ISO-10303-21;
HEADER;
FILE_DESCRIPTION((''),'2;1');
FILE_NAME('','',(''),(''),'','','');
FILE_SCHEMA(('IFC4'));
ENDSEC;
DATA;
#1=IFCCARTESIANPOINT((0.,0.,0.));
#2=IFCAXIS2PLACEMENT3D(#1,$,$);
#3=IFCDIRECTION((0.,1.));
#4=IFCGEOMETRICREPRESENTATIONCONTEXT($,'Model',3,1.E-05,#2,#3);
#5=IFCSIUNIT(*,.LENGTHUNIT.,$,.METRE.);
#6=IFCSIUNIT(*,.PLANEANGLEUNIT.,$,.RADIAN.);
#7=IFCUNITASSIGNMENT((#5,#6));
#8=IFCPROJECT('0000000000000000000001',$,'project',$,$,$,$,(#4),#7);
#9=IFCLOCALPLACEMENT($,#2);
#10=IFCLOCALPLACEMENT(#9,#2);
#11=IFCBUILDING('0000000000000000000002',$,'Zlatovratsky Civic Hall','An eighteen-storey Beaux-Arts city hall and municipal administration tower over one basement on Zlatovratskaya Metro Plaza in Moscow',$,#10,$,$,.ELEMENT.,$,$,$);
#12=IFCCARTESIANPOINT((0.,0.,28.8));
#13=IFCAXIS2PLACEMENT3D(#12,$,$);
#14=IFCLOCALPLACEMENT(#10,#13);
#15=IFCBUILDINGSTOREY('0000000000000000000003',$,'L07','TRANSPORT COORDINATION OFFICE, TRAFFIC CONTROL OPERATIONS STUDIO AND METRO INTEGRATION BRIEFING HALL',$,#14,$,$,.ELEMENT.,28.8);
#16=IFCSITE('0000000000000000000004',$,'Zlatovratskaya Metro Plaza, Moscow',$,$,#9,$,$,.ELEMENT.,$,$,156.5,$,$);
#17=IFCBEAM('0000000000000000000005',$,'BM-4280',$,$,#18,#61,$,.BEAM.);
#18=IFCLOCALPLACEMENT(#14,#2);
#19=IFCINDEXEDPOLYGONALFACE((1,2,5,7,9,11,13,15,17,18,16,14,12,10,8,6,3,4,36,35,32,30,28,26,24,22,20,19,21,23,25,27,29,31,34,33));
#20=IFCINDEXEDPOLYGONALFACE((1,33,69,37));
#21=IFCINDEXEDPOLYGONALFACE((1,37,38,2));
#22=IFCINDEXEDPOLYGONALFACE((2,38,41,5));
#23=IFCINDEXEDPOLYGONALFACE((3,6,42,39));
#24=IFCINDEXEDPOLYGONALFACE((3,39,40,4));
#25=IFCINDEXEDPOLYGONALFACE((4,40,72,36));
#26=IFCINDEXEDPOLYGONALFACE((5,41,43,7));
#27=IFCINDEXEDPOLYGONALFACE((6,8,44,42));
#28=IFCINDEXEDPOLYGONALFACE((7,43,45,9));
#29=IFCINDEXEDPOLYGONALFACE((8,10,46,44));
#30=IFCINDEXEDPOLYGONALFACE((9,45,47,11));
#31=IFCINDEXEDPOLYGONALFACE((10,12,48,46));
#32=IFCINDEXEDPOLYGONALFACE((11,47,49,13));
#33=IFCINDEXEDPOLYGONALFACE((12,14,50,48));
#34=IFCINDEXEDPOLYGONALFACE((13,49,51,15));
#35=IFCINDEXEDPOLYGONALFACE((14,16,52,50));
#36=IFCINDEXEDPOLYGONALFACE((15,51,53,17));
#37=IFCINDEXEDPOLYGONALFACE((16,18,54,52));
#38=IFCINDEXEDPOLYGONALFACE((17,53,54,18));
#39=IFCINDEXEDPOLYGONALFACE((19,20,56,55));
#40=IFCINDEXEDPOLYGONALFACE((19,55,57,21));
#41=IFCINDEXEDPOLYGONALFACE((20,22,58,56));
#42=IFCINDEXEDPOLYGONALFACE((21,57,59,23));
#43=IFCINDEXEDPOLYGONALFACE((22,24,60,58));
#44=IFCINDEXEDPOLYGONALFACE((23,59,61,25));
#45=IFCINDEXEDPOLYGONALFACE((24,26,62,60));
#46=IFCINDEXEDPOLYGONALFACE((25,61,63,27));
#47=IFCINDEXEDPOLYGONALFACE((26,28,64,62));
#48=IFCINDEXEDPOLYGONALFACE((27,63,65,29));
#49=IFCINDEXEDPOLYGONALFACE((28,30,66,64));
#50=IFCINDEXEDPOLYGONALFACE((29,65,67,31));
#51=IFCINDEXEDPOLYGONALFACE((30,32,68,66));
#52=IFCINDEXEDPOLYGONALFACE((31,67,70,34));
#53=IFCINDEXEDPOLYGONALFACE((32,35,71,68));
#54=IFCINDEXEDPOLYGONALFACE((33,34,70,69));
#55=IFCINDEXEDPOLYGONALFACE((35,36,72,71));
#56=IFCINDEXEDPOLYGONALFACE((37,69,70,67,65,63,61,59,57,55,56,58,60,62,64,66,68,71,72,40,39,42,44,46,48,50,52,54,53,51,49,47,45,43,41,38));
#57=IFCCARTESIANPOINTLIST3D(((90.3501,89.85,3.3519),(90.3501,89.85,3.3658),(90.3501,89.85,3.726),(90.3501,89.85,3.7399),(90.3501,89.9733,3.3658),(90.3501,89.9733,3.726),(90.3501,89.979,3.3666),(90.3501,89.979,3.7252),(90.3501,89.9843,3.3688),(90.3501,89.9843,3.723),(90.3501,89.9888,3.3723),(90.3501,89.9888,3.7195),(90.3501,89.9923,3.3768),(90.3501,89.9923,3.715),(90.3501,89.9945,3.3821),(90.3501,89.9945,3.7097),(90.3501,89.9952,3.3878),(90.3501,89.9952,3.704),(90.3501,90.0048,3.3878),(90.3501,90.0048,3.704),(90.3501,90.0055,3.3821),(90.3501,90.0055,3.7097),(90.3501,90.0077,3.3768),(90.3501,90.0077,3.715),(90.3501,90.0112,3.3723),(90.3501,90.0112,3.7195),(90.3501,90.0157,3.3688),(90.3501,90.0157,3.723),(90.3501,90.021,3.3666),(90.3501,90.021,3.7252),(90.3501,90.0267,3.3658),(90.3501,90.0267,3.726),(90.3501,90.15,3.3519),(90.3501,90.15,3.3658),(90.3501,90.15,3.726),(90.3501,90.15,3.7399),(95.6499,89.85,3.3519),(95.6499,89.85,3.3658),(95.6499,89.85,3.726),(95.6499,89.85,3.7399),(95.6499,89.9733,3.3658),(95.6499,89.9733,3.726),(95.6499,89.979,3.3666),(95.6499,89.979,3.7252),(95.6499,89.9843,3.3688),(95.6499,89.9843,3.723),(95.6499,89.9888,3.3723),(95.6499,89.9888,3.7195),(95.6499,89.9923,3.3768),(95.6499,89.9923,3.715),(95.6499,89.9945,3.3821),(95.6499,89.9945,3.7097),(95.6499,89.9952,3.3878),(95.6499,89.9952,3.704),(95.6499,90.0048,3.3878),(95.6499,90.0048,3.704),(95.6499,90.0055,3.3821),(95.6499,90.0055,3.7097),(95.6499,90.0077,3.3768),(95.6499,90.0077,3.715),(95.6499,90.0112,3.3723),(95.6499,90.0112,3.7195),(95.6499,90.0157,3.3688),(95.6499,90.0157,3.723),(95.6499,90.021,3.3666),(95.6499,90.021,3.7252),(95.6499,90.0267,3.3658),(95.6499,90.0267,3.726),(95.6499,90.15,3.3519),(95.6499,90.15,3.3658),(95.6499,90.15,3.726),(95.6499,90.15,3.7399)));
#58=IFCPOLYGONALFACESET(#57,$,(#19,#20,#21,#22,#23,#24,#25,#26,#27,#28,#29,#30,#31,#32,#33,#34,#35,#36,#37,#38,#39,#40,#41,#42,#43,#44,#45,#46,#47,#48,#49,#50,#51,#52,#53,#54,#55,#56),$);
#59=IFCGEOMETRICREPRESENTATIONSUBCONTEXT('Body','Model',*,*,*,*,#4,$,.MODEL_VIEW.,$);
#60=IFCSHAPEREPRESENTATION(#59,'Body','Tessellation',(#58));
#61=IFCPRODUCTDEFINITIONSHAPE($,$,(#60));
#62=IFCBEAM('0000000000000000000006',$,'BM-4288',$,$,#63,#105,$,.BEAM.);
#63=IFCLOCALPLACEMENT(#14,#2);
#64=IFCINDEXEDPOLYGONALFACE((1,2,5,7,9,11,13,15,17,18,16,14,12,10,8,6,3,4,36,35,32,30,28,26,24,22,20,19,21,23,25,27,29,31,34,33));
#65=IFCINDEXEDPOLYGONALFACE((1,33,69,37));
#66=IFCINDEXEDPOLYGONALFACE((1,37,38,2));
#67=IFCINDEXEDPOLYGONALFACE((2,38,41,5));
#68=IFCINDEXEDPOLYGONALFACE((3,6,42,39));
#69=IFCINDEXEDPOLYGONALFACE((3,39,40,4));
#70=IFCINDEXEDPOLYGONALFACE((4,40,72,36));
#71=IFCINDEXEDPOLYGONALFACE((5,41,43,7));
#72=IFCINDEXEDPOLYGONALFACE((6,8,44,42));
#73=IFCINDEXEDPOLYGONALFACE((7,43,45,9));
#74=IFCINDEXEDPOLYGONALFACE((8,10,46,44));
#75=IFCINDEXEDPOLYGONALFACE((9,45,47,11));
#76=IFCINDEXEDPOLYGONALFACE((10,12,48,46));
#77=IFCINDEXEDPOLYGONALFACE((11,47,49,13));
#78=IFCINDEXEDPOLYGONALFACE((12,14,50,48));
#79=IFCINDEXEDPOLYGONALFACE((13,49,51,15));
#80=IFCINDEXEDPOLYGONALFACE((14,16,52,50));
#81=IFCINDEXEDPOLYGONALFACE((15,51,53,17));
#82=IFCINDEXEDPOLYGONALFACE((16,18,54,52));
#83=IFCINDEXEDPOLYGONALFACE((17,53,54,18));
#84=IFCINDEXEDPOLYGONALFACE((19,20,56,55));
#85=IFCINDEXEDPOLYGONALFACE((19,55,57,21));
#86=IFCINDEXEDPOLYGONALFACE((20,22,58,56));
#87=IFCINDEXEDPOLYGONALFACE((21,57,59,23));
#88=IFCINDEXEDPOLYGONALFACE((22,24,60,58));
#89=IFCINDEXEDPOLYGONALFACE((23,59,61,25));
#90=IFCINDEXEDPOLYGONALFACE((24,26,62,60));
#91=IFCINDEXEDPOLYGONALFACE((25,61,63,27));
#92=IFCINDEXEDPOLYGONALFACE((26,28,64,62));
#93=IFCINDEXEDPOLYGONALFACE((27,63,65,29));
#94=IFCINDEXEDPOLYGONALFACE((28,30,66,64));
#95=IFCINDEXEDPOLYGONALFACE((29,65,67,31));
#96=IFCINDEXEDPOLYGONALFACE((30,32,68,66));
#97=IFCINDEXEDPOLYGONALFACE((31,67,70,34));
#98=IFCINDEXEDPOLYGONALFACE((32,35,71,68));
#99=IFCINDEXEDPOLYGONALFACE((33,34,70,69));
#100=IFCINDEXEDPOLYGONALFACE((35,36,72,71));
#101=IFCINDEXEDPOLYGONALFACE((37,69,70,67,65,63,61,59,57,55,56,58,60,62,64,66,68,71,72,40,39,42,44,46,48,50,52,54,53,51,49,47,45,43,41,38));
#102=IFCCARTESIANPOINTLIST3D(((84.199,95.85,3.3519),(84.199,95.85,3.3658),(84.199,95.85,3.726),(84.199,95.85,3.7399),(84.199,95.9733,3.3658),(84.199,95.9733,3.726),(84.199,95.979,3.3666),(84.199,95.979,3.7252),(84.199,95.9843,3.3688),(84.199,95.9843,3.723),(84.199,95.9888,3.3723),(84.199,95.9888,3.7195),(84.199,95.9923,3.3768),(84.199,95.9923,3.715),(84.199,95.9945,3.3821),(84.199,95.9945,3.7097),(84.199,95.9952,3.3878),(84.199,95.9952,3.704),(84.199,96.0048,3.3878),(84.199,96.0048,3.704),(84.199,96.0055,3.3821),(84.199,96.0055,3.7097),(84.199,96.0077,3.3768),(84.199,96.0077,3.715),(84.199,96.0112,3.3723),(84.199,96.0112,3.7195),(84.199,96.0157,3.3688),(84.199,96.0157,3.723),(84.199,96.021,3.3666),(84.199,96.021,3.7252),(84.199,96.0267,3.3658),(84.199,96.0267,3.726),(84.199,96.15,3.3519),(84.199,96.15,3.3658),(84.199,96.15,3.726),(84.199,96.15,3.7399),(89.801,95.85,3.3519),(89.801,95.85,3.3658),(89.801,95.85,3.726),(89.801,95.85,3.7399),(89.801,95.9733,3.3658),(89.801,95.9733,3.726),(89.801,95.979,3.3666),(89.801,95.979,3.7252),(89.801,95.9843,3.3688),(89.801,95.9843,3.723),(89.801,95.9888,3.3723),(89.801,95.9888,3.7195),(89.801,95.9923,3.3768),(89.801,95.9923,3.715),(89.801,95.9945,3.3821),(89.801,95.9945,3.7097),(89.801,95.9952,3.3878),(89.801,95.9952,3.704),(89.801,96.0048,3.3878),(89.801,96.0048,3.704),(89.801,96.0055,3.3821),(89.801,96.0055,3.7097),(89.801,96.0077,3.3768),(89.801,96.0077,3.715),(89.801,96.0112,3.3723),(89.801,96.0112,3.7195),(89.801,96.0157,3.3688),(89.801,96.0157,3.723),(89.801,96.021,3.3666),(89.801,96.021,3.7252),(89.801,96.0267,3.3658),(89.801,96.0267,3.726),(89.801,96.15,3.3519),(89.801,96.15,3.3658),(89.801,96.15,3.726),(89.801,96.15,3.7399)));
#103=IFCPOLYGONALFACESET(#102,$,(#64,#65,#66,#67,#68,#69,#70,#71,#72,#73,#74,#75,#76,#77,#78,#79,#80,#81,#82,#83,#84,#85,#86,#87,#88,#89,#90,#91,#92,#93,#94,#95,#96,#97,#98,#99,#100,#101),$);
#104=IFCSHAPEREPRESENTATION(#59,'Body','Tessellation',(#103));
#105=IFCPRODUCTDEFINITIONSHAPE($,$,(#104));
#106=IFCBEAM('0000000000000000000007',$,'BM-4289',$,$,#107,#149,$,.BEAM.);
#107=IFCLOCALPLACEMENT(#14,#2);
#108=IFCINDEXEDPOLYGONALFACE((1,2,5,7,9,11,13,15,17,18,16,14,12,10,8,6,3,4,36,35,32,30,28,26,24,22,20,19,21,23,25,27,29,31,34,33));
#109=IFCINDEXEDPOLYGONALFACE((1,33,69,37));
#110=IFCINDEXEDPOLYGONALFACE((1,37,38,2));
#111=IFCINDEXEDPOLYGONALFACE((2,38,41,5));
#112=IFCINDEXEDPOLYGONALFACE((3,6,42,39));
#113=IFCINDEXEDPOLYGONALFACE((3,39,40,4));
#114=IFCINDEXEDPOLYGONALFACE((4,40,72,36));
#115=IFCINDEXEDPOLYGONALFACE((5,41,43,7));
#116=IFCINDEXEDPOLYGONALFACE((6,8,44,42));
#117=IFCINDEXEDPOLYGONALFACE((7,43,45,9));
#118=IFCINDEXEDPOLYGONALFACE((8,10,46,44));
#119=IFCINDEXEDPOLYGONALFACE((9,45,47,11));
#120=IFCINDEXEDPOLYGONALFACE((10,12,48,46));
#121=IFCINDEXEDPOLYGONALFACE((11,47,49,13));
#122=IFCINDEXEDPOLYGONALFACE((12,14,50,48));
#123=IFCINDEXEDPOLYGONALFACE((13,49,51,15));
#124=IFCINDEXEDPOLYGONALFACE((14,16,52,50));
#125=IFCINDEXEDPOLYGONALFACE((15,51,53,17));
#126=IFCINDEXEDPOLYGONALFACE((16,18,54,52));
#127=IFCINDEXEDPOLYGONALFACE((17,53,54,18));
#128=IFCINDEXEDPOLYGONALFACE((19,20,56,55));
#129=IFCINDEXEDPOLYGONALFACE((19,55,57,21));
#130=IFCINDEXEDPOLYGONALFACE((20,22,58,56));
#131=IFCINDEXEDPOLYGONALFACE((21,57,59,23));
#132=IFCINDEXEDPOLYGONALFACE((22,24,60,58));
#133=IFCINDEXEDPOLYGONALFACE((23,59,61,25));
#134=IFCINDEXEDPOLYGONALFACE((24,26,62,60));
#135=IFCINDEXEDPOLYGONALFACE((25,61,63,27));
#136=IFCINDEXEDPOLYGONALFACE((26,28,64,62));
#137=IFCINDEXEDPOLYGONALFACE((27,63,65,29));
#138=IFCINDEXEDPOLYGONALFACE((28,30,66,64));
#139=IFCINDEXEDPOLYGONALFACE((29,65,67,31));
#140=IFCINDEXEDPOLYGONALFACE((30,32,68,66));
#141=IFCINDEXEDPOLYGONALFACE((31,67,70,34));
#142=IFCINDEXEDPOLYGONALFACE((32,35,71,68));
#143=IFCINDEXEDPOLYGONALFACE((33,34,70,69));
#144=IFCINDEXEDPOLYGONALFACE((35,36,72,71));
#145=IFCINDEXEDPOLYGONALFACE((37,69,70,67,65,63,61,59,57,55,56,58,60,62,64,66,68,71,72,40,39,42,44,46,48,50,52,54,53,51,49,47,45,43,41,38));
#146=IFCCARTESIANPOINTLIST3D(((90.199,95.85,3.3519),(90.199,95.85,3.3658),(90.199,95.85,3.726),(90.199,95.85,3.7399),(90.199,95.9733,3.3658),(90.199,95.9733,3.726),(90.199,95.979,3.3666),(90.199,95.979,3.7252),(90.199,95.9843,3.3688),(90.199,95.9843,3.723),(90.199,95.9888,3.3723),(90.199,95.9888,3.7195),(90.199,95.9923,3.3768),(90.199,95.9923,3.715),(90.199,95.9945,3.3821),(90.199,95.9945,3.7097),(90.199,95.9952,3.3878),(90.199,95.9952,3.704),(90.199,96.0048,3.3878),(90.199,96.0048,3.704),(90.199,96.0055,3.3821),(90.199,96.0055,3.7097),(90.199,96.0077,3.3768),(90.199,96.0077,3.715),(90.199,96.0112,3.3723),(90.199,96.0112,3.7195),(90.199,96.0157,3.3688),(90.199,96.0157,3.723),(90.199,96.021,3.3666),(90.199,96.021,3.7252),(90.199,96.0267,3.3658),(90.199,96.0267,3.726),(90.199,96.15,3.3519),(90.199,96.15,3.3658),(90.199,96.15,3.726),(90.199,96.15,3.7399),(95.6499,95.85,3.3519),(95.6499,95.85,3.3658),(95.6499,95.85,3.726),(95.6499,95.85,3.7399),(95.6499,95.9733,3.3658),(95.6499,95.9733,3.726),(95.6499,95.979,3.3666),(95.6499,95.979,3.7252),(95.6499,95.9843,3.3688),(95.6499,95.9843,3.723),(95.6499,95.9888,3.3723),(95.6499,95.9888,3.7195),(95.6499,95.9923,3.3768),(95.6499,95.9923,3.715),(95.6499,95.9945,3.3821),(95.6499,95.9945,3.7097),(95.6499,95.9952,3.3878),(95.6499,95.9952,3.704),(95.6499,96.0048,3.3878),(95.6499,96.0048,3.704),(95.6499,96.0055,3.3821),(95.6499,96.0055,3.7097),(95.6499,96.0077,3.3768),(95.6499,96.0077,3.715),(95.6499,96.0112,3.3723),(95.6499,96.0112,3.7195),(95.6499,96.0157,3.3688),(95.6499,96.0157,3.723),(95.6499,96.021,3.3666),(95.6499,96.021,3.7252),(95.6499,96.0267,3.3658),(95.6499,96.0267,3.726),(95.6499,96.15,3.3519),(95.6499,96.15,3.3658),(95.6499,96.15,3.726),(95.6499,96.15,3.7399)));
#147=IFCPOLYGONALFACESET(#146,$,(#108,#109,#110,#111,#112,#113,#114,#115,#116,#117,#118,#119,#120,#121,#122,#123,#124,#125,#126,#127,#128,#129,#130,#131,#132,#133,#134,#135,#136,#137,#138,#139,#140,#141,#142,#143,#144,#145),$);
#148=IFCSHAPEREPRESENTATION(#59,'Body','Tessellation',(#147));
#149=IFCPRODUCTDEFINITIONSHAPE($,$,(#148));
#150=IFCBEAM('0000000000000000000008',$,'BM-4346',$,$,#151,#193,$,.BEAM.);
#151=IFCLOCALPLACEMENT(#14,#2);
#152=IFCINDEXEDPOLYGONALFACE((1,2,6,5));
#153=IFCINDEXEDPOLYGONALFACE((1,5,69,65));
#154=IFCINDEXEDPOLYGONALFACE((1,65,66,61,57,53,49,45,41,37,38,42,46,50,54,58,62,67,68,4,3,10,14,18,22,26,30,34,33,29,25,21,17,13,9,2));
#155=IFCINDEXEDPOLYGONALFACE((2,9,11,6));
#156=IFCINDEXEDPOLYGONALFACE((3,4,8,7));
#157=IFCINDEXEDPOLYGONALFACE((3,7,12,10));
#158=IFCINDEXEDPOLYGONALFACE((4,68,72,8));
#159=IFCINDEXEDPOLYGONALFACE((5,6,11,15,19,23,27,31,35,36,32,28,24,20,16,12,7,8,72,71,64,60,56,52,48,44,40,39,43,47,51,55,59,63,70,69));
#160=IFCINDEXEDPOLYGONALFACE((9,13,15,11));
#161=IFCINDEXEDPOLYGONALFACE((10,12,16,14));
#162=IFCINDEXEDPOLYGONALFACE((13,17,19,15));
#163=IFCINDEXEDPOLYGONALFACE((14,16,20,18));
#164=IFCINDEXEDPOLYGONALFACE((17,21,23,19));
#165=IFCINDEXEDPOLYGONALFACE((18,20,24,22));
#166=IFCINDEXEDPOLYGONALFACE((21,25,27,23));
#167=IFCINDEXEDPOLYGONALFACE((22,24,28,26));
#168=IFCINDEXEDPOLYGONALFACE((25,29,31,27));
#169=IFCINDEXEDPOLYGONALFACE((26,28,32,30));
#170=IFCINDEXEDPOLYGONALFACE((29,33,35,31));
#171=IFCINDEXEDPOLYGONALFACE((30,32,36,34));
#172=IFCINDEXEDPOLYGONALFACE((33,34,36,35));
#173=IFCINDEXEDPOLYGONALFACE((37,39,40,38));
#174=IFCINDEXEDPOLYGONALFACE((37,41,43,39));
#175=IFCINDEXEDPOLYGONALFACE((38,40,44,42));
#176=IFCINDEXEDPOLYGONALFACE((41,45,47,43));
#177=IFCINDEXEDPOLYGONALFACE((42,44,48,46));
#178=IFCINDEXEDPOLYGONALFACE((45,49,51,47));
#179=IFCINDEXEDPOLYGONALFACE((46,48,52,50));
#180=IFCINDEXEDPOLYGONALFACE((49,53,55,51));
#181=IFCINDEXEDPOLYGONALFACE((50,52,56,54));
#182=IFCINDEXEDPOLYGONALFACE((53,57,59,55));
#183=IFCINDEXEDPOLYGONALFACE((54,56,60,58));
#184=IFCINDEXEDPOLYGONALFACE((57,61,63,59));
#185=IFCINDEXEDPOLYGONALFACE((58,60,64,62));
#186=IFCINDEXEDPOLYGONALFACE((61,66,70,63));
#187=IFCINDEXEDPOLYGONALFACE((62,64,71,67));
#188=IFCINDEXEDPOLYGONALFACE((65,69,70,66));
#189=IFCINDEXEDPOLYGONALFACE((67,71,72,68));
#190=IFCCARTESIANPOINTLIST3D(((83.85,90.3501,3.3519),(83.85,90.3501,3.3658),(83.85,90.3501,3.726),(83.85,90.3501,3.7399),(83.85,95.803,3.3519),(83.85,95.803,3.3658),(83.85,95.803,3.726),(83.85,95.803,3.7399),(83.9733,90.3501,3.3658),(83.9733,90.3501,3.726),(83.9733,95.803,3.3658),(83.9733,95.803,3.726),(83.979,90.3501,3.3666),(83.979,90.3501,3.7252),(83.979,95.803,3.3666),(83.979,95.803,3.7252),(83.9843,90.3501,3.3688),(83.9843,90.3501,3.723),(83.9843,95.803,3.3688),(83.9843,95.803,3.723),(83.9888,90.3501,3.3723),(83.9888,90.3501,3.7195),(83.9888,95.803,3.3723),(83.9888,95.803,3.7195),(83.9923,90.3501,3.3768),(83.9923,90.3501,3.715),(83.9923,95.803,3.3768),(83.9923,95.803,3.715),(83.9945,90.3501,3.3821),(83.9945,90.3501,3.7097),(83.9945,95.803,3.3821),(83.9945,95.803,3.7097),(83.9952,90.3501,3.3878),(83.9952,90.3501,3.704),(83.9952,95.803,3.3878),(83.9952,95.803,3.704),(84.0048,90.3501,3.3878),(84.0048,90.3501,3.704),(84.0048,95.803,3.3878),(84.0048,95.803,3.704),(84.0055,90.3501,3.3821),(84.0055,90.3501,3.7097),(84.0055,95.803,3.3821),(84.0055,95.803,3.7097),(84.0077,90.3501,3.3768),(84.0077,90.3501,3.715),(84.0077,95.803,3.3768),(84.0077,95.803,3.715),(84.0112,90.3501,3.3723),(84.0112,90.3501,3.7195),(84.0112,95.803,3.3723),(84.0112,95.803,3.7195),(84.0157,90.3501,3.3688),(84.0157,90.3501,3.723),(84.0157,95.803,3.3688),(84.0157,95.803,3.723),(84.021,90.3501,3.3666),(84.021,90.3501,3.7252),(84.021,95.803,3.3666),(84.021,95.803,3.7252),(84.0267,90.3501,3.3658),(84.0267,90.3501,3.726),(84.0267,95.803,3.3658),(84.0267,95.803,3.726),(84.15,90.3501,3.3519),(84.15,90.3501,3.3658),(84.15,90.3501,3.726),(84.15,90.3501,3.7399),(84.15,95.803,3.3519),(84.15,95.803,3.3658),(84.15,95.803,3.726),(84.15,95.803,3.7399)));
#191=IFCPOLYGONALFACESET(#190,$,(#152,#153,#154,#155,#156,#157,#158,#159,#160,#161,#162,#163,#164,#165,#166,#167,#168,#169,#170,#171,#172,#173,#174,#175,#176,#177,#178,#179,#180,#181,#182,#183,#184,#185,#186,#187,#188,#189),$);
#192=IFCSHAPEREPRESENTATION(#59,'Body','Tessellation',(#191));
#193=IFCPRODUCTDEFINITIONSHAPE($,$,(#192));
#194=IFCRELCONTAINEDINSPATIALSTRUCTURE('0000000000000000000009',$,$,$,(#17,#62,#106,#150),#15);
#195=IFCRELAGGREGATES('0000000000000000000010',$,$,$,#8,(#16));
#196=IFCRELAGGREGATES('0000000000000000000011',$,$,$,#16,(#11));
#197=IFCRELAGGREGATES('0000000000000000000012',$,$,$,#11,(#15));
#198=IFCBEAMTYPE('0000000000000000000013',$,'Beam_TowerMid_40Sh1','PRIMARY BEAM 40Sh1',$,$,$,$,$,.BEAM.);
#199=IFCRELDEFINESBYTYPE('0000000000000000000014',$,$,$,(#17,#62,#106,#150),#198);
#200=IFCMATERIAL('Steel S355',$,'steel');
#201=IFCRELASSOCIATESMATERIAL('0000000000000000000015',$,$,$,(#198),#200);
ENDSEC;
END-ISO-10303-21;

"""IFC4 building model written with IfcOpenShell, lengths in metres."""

from ifc_helpers import new_model, si_unit, direction, frame, origin, origin_2d, place, context, subcontext, project, spatial, i_section, extrude, material, material_profile, profile_set, type_object, element, save


model = new_model("IFC4")

# Units and contexts
model_context = context("Model", 3, precision=1e-05, world=origin(), true_north=direction((0.0, 1.0)))
body_context = subcontext(model_context, "Body", "Model", "MODEL_VIEW")
ifc_project = project(units=[si_unit("LENGTHUNIT", "METRE"), si_unit("PLANEANGLEUNIT", "RADIAN")], contexts=[model_context])

# Site, building, storey
site_placement = place(None, origin())
site = spatial("IfcSite", under=ifc_project, at=site_placement, Name="Zlatovratskaya Metro Plaza, Moscow", CompositionType="ELEMENT", RefElevation=156.5)
building_placement = place(site_placement, origin())
building = spatial("IfcBuilding", under=site, at=building_placement, Name="Zlatovratsky Civic Hall", Description="An eighteen-storey Beaux-Arts city hall and municipal administration tower over one basement on Zlatovratskaya Metro Plaza in Moscow", CompositionType="ELEMENT")
storey_placement = place(building_placement, frame((0.0, 0.0, 28.8)))
storey = spatial("IfcBuildingStorey", under=building, at=storey_placement, Name="L07", Description="TRANSPORT COORDINATION OFFICE, TRAFFIC CONTROL OPERATIONS STUDIO AND METRO INTEGRATION BRIEFING HALL", CompositionType="ELEMENT", Elevation=28.8)

# Shared definitions
ifc_material_1 = material(Name="Steel S355", Category="steel")

# Beams
ifc_material_profile_1 = material_profile(ifc_material_1, i_section(OverallWidth=0.3, OverallDepth=0.3879, WebThickness=0.0095, FlangeThickness=0.0139, FilletRadius=0.022, at=origin_2d()), Name="40Sh1")
ifc_profile_set_1 = profile_set([ifc_material_profile_1], Name="Steel S355")
beam_type_1 = type_object("IfcBeamType", Name="Beam_TowerMid_40Sh1", Description="PRIMARY BEAM 40Sh1", PredefinedType="BEAM", material=ifc_profile_set_1)
for number, where, z_axis, x_axis, name in (
    (1, (90.3501, 90.0, 3.5459), (1.0, 0.0, 0.0), (0.0, 1.0, 0.0), "BM-4280"),
):
    element("IfcBeam", number, at=place(storey_placement, frame(where, z_axis=z_axis, x_axis=x_axis)), inside=storey, type_object=beam_type_1, Name=name, PredefinedType="BEAM", context=body_context, shape_type="SweptSolid", body=[
        extrude(i_section(OverallWidth=0.3, OverallDepth=0.3879, WebThickness=0.0095, FlangeThickness=0.0139, FilletRadius=0.022, at=origin_2d()), origin(), (0.0, 0.0, 1.0), 5.2998),
    ])
beam_1_placement = place(storey_placement, frame((84.199, 96.0, 3.5459), z_axis=(1.0, 0.0, 0.0), x_axis=(0.0, 1.0, 0.0)))
element("IfcBeam", 2, at=beam_1_placement, inside=storey, type_object=beam_type_1, Name="BM-4288", PredefinedType="BEAM", context=body_context, shape_type="SweptSolid", body=[
    extrude(i_section(OverallWidth=0.3, OverallDepth=0.3879, WebThickness=0.0095, FlangeThickness=0.0139, FilletRadius=0.022, at=origin_2d()), origin(), (0.0, 0.0, 1.0), 5.6021),
])
beam_2_placement = place(storey_placement, frame((90.199, 96.0, 3.5459), z_axis=(1.0, 0.0, 0.0), x_axis=(0.0, 1.0, 0.0)))
element("IfcBeam", 3, at=beam_2_placement, inside=storey, type_object=beam_type_1, Name="BM-4289", PredefinedType="BEAM", context=body_context, shape_type="SweptSolid", body=[
    extrude(i_section(OverallWidth=0.3, OverallDepth=0.3879, WebThickness=0.0095, FlangeThickness=0.0139, FilletRadius=0.022, at=origin_2d()), origin(), (0.0, 0.0, 1.0), 5.4509),
])
beam_3_placement = place(storey_placement, frame((84.0, 90.3501, 3.5459), z_axis=(0.0, 1.0, 0.0), x_axis=(-1.0, 0.0, 0.0)))
element("IfcBeam", 4, at=beam_3_placement, inside=storey, type_object=beam_type_1, Name="BM-4346", PredefinedType="BEAM", context=body_context, shape_type="SweptSolid", body=[
    extrude(i_section(OverallWidth=0.3, OverallDepth=0.3879, WebThickness=0.0095, FlangeThickness=0.0139, FilletRadius=0.022, at=origin_2d()), origin(), (0.0, 0.0, 1.0), 5.4529),
])

save(model, "model.ifc")
